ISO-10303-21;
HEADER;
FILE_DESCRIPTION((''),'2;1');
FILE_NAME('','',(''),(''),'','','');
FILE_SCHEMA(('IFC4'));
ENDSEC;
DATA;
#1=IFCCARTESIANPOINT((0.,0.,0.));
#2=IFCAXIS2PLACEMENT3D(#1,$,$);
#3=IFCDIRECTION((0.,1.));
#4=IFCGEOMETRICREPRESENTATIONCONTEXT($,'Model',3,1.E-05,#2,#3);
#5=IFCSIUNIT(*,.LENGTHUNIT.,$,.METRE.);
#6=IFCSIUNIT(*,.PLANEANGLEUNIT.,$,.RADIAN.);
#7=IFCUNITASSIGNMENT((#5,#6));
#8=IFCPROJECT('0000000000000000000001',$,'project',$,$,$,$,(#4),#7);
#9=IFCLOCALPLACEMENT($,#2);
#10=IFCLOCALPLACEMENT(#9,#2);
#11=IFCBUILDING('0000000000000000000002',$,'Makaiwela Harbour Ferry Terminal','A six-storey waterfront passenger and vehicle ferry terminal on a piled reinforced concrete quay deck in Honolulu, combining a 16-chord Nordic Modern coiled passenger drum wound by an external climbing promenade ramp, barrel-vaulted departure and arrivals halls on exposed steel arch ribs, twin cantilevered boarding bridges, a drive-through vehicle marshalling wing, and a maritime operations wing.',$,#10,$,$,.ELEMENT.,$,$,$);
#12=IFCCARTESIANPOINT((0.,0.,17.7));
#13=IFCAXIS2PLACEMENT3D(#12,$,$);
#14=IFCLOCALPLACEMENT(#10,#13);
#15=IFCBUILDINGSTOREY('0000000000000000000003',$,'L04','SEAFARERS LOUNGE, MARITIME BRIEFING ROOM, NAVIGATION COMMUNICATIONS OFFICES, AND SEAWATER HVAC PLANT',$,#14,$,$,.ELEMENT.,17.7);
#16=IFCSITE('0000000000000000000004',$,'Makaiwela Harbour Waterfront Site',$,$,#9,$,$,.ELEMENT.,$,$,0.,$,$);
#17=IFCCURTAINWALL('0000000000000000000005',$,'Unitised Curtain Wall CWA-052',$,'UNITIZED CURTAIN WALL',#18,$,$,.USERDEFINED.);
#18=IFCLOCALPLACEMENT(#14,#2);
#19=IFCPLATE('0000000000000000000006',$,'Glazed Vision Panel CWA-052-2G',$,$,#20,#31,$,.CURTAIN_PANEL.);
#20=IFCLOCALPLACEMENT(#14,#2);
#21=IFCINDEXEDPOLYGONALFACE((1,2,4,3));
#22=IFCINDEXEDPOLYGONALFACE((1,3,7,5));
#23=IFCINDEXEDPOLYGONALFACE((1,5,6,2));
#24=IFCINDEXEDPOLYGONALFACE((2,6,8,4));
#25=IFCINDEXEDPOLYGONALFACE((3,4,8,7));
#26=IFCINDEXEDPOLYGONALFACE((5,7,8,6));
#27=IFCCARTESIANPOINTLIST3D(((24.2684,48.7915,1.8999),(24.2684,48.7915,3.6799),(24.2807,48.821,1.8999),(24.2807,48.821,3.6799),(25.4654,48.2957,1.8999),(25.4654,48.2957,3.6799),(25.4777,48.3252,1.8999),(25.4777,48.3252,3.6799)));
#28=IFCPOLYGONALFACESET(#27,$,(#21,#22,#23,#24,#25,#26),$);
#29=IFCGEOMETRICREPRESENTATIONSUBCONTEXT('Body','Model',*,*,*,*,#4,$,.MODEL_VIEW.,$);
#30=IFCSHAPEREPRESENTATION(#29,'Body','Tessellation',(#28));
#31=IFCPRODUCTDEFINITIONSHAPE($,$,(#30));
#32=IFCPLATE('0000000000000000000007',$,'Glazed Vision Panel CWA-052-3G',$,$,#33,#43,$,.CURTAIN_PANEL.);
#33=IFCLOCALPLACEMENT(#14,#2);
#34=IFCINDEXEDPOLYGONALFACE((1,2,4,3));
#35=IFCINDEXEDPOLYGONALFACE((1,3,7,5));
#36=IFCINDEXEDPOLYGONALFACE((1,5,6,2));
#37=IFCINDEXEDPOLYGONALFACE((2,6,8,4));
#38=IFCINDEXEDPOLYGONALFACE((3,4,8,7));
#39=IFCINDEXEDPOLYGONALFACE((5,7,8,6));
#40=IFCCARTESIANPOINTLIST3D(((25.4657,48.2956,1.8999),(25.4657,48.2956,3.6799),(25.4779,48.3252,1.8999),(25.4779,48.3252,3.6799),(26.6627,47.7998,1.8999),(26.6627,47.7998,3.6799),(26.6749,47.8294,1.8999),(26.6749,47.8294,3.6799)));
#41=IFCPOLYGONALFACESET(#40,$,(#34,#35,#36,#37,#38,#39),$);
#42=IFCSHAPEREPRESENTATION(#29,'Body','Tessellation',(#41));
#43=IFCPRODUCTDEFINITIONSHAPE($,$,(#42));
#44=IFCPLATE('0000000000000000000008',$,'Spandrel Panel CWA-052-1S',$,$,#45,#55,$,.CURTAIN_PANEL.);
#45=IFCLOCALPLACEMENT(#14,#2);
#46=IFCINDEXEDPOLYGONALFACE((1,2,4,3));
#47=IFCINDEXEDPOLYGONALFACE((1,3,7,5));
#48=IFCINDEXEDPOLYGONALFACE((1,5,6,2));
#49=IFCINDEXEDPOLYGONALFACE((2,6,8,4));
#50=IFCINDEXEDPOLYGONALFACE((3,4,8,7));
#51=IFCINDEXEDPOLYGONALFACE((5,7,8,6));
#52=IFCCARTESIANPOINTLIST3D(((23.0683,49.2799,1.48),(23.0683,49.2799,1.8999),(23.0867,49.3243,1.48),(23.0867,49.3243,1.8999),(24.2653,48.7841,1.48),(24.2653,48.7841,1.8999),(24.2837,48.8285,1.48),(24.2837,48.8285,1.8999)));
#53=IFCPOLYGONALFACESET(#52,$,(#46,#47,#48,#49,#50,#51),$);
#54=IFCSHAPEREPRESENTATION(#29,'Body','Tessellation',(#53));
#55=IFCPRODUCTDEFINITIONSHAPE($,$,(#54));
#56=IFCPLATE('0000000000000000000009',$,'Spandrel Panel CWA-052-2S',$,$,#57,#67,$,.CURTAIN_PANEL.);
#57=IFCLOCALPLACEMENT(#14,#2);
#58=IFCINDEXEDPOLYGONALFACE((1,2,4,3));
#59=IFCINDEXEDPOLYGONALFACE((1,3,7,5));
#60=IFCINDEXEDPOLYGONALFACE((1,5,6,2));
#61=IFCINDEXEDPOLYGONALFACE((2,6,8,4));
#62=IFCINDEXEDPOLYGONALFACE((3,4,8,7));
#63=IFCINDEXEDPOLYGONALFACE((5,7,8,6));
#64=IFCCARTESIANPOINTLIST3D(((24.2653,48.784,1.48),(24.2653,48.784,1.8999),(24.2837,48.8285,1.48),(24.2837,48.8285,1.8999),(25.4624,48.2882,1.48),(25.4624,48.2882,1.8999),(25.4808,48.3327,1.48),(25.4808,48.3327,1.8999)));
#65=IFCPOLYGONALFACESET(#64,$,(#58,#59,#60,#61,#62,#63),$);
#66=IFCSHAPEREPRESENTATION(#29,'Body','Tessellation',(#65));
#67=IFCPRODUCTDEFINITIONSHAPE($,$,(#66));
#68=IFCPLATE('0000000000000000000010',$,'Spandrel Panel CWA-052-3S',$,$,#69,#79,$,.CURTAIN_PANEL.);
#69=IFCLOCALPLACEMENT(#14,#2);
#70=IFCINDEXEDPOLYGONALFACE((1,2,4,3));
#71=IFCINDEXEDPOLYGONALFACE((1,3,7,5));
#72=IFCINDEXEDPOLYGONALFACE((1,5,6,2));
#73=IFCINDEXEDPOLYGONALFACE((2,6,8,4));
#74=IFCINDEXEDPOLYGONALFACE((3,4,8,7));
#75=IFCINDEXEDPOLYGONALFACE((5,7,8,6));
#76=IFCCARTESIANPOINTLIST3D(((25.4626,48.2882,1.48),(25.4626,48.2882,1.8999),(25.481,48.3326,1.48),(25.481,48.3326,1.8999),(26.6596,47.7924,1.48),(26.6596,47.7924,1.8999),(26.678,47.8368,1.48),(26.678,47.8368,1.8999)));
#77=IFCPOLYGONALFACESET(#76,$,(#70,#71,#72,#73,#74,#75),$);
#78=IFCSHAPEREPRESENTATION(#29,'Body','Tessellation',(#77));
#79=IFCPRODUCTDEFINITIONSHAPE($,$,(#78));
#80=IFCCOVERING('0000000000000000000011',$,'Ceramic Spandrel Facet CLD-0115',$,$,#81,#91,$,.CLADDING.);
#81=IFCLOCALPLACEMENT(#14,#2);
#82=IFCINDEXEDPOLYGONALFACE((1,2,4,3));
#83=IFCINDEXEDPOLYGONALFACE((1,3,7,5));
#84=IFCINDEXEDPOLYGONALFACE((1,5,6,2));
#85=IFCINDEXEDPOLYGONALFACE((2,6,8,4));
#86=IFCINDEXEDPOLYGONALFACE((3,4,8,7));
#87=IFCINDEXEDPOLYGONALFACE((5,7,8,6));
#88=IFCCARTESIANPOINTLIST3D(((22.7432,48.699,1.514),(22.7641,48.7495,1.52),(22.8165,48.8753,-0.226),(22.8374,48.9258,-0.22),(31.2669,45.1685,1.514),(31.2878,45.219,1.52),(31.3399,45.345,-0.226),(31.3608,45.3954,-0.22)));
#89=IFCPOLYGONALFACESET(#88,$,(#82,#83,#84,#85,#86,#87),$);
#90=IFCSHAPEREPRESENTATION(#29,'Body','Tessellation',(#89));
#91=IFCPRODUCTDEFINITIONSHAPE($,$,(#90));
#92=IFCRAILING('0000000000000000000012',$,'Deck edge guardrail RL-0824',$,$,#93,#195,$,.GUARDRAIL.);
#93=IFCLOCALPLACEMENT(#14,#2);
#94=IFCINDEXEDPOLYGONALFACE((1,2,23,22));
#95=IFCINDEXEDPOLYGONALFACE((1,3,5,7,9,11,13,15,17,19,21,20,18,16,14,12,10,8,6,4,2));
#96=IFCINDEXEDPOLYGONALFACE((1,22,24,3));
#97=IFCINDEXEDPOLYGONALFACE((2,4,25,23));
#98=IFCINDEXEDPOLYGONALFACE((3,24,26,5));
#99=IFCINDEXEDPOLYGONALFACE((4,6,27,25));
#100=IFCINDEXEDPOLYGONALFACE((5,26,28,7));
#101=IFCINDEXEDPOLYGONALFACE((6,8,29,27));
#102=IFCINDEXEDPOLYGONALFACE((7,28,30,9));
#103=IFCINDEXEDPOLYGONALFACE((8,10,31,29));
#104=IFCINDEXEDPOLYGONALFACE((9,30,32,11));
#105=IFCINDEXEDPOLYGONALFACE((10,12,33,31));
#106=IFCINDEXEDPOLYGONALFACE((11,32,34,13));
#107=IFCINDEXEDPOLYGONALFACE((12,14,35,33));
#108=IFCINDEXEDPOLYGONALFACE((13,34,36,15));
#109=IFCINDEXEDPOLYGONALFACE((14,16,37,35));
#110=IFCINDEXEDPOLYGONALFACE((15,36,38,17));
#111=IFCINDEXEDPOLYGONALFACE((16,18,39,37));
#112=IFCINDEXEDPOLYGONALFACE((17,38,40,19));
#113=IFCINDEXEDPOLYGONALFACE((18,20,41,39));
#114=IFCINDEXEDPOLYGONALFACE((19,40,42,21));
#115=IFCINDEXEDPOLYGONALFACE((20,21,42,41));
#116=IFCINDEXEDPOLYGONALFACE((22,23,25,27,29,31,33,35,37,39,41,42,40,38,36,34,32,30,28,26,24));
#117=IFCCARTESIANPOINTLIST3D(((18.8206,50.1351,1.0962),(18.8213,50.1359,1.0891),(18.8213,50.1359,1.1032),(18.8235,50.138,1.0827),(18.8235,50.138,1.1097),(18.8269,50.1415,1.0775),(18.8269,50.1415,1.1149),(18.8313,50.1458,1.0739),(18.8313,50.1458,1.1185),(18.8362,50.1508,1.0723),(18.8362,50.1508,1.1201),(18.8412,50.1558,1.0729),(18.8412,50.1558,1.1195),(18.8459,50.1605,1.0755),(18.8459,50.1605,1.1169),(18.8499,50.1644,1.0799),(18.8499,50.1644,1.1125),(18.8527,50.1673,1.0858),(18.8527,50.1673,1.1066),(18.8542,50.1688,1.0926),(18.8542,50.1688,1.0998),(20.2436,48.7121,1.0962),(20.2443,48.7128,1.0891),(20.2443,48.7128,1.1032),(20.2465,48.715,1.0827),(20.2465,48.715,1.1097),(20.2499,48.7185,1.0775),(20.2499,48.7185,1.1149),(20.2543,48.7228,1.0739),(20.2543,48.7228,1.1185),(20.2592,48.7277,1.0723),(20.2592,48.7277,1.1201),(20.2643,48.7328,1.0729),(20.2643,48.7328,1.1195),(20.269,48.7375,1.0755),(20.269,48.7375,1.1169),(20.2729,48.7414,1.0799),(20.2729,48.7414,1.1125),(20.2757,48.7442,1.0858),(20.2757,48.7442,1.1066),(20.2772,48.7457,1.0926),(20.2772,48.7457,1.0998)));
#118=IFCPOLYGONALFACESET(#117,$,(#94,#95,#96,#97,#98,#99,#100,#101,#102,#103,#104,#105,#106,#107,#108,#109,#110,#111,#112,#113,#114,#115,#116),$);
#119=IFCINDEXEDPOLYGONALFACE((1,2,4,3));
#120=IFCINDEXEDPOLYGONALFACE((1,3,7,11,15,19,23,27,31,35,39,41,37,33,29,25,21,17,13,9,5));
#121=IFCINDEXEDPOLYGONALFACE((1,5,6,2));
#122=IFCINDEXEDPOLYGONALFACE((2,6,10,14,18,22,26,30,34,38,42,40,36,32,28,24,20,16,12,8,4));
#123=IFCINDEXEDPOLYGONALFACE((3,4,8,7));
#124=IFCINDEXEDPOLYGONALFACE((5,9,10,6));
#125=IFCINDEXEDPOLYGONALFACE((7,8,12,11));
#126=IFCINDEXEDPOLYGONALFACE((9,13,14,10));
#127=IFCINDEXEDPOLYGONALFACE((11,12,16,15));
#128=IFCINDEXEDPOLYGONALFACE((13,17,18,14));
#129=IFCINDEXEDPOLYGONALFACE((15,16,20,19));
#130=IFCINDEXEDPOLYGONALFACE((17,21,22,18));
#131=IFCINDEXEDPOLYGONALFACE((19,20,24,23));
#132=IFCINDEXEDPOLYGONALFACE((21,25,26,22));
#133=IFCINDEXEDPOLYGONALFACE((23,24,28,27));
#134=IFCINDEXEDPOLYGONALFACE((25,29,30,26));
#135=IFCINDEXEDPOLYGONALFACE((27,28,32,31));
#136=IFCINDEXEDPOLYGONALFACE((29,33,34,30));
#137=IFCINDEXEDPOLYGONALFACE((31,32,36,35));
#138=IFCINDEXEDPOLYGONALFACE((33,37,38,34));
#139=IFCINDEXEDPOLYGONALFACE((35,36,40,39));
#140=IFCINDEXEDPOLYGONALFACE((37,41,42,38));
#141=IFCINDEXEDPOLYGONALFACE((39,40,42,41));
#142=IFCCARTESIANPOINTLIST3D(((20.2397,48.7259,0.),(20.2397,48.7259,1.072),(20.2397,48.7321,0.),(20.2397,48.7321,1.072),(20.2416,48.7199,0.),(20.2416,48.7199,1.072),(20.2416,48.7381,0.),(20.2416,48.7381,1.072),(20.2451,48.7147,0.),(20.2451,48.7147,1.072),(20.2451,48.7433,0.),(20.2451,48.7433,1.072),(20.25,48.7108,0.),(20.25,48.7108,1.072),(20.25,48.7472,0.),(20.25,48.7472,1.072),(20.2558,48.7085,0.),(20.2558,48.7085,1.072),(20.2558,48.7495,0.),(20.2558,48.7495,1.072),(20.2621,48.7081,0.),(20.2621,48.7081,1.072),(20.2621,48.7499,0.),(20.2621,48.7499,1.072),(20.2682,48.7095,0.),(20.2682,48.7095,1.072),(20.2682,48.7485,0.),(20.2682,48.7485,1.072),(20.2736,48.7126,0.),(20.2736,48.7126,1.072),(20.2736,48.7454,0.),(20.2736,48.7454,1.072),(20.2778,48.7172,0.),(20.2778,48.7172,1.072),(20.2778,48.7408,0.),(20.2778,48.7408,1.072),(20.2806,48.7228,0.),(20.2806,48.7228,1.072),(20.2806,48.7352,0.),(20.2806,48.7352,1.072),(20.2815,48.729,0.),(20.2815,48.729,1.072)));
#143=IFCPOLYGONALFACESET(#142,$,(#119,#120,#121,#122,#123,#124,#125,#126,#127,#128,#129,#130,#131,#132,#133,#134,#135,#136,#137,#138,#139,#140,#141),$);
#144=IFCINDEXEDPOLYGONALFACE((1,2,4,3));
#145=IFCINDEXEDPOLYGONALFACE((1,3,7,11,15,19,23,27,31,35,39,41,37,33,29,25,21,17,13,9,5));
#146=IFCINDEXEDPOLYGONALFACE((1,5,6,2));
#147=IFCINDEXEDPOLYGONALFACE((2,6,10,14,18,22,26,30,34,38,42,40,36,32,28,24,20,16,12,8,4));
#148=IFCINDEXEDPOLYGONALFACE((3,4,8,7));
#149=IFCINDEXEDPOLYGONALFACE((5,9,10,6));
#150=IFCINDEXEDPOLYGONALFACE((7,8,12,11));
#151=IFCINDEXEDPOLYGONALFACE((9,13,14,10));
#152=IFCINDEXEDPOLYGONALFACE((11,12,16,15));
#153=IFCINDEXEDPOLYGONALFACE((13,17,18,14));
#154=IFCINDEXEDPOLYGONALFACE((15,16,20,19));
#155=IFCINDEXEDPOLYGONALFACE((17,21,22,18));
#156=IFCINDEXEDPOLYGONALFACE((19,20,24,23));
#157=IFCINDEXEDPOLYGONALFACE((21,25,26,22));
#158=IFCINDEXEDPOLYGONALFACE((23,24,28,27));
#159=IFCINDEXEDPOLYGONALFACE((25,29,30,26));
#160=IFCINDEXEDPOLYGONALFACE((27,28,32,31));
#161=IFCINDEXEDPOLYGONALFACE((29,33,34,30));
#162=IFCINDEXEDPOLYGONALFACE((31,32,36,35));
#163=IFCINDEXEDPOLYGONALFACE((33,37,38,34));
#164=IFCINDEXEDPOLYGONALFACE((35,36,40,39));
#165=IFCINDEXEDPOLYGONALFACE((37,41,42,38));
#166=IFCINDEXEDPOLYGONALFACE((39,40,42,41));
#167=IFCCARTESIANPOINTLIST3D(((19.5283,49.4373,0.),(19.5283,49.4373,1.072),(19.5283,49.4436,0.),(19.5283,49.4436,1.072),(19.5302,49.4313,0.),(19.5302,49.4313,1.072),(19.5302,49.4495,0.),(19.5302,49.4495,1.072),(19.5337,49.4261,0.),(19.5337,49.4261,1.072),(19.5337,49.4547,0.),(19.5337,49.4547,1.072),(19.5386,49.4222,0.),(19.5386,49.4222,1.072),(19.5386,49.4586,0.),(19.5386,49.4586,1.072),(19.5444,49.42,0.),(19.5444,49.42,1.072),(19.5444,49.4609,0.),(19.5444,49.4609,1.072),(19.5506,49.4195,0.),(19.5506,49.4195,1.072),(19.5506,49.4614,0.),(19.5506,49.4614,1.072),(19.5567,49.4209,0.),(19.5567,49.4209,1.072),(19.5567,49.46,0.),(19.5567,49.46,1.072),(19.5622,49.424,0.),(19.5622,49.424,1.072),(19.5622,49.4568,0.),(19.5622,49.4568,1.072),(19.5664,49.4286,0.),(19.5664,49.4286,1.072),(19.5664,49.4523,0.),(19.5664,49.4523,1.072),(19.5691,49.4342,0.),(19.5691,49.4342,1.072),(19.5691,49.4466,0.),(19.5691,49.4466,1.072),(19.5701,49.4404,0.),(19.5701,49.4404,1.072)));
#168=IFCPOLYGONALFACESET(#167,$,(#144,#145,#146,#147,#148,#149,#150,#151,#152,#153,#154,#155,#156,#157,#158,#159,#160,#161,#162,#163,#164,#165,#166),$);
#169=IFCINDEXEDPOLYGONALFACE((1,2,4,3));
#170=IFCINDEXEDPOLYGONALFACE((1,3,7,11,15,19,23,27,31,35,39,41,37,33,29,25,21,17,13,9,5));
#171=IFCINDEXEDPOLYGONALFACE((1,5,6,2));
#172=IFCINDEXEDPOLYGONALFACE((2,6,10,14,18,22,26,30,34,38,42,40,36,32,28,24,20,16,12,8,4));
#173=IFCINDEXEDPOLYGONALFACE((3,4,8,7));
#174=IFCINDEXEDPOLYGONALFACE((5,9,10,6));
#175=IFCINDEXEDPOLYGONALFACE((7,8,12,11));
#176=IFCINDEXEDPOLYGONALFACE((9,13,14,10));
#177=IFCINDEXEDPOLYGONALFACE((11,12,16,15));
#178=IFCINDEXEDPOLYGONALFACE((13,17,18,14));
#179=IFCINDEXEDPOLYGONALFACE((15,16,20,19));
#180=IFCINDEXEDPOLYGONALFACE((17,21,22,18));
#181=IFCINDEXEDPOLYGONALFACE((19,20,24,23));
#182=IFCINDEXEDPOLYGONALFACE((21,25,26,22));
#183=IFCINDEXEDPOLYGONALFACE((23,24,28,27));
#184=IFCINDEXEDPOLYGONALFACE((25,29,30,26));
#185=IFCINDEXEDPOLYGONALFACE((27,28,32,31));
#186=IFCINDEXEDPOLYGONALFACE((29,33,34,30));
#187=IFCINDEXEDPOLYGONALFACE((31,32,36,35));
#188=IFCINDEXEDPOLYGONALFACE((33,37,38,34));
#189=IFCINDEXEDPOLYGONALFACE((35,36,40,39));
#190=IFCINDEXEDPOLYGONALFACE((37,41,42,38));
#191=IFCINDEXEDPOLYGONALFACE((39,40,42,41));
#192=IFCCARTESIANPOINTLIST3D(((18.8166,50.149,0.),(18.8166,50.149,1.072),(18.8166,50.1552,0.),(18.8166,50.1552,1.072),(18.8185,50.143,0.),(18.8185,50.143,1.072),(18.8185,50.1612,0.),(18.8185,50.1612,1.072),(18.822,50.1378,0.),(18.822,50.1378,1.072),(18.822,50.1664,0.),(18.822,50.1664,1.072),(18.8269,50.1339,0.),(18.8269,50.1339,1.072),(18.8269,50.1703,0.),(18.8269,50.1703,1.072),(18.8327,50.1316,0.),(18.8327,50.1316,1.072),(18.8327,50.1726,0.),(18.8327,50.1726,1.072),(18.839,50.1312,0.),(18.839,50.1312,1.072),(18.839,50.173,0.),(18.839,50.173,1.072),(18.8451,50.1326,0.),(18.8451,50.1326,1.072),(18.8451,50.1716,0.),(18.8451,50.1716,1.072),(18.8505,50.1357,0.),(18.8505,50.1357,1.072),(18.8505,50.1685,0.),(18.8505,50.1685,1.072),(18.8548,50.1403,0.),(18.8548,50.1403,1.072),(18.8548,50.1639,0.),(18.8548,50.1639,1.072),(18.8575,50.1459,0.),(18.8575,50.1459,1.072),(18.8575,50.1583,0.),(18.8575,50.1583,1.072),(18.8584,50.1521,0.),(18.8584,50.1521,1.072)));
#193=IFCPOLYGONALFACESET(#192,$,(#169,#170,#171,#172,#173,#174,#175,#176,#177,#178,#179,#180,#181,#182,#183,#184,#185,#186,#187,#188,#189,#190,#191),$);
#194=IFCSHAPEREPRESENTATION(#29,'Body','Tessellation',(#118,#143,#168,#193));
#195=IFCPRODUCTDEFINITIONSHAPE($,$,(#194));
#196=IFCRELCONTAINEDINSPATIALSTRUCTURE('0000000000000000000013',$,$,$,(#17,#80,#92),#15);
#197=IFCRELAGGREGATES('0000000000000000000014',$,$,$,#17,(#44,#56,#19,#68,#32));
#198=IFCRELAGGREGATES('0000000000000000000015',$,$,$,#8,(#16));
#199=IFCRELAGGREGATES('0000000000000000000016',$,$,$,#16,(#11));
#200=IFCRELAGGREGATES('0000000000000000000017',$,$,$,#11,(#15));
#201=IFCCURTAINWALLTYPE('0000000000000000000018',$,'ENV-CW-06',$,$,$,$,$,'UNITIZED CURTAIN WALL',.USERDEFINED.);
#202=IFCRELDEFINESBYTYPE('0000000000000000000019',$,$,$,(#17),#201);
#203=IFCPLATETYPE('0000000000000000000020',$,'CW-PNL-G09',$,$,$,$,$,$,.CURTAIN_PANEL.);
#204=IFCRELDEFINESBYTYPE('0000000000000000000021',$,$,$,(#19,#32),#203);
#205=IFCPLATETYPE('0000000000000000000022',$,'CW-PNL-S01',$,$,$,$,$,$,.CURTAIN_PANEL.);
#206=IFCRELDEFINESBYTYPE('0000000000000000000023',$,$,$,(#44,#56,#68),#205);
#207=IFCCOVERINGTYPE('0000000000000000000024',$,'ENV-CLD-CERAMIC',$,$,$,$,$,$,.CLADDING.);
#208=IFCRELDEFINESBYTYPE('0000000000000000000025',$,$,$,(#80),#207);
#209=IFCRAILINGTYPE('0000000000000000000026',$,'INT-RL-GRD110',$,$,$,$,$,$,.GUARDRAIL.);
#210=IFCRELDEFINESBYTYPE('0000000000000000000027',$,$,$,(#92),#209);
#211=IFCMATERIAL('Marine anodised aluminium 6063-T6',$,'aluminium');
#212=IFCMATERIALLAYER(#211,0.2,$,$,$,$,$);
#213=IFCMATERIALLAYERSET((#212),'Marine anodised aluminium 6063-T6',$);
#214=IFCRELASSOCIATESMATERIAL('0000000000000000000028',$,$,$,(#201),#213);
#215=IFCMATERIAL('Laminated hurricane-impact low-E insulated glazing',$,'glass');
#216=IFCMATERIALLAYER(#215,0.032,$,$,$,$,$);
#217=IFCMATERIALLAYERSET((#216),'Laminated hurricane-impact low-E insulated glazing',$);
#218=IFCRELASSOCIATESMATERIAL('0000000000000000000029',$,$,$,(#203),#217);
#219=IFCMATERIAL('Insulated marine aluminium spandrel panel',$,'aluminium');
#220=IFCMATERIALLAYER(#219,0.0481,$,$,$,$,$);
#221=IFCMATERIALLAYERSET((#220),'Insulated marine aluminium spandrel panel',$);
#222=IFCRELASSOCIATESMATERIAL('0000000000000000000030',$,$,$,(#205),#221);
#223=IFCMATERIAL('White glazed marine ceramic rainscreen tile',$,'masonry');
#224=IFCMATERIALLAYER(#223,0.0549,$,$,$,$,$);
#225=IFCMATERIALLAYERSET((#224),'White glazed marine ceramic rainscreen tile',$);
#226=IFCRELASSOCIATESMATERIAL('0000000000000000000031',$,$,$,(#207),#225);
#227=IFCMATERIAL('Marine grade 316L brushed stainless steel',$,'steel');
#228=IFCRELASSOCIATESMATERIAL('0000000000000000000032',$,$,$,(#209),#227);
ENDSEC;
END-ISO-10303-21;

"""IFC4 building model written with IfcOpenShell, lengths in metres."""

from ifc_helpers import new_model, si_unit, direction, frame, origin, origin_2d, place, context, subcontext, project, spatial, polyline, rectangle, circle, outline, extrude, material, layer, layer_set, type_object, element, aggregate, save


model = new_model("IFC4")

# Units and contexts
model_context = context("Model", 3, precision=1e-05, world=origin(), true_north=direction((0.0, 1.0)))
body_context = subcontext(model_context, "Body", "Model", "MODEL_VIEW")
ifc_project = project(units=[si_unit("LENGTHUNIT", "METRE"), si_unit("PLANEANGLEUNIT", "RADIAN")], contexts=[model_context])

# Site, building, storey
site_placement = place(None, origin())
site = spatial("IfcSite", under=ifc_project, at=site_placement, Name="Makaiwela Harbour Waterfront Site", CompositionType="ELEMENT", RefElevation=0.0)
building_placement = place(site_placement, origin())
building = spatial("IfcBuilding", under=site, at=building_placement, Name="Makaiwela Harbour Ferry Terminal", Description="A six-storey waterfront passenger and vehicle ferry terminal on a piled reinforced concrete quay deck in Honolulu, combining a 16-chord Nordic Modern coiled passenger drum wound by an external climbing promenade ramp, barrel-vaulted departure and arrivals halls on exposed steel arch ribs, twin cantilevered boarding bridges, a drive-through vehicle marshalling wing, and a maritime operations wing.", CompositionType="ELEMENT")
storey_placement = place(building_placement, frame((0.0, 0.0, 17.7)))
storey = spatial("IfcBuildingStorey", under=building, at=storey_placement, Name="L04", Description="SEAFARERS LOUNGE, MARITIME BRIEFING ROOM, NAVIGATION COMMUNICATIONS OFFICES, AND SEAWATER HVAC PLANT", CompositionType="ELEMENT", Elevation=17.7)

# Curtain wall
ifc_material_1 = material(Name="Marine anodised aluminium 6063-T6", Category="aluminium")
ifc_layer_1 = layer(ifc_material_1, 0.2)
ifc_layer_set_1 = layer_set([ifc_layer_1], Name="Marine anodised aluminium 6063-T6")
curtain_wall_type = type_object("IfcCurtainWallType", Name="ENV-CW-06", ElementType="UNITIZED CURTAIN WALL", PredefinedType="USERDEFINED", material=ifc_layer_set_1)
curtain_wall_placement = place(storey_placement, origin())
curtain_wall = element("IfcCurtainWall", 1, at=curtain_wall_placement, inside=storey, type_object=curtain_wall_type, Name="Unitised Curtain Wall CWA-052", ObjectType="UNITIZED CURTAIN WALL", PredefinedType="USERDEFINED")

# Plates
ifc_material_2 = material(Name="Laminated hurricane-impact low-E insulated glazing", Category="glass")
ifc_layer_2 = layer(ifc_material_2, 0.032)
ifc_layer_set_2 = layer_set([ifc_layer_2], Name="Laminated hurricane-impact low-E insulated glazing")
plate_type_1 = type_object("IfcPlateType", Name="CW-PNL-G09", PredefinedType="CURTAIN_PANEL", material=ifc_layer_set_2)
plate_1_placement = place(storey_placement, frame((24.873, 48.5583, 1.8999), z_axis=(0.0, 0.0, 1.0), x_axis=(0.92388, -0.382683, 0.0)))
plate_1 = element("IfcPlate", 2, at=plate_1_placement, type_object=plate_type_1, Name="Glazed Vision Panel CWA-052-2G", PredefinedType="CURTAIN_PANEL", context=body_context, shape_type="SweptSolid", body=[
    extrude(rectangle(XDim=1.2957, YDim=0.032, at=origin_2d()), origin(), (0.0, 0.0, 1.0), 1.78),
])
plate_2_placement = place(storey_placement, frame((26.0703, 48.0625, 1.8999), z_axis=(0.0, 0.0, 1.0), x_axis=(0.92388, -0.382683, 0.0)))
plate_2 = element("IfcPlate", 3, at=plate_2_placement, type_object=plate_type_1, Name="Glazed Vision Panel CWA-052-3G", PredefinedType="CURTAIN_PANEL", context=body_context, shape_type="SweptSolid", body=[
    extrude(rectangle(XDim=1.2957, YDim=0.032, at=origin_2d()), origin(), (0.0, 0.0, 1.0), 1.78),
])
ifc_material_3 = material(Name="Insulated marine aluminium spandrel panel", Category="aluminium")
ifc_layer_3 = layer(ifc_material_3, 0.0481)
ifc_layer_set_3 = layer_set([ifc_layer_3], Name="Insulated marine aluminium spandrel panel")
plate_type_2 = type_object("IfcPlateType", Name="CW-PNL-S01", PredefinedType="CURTAIN_PANEL", material=ifc_layer_set_3)
plate_3_placement = place(storey_placement, frame((23.676, 49.0542, 1.48), z_axis=(0.0, 0.0, 1.0), x_axis=(0.92388, -0.382683, 0.0)))
plate_3 = element("IfcPlate", 4, at=plate_3_placement, type_object=plate_type_2, Name="Spandrel Panel CWA-052-1S", PredefinedType="CURTAIN_PANEL", context=body_context, shape_type="SweptSolid", body=[
    extrude(rectangle(XDim=1.2957, YDim=0.0481, at=origin_2d()), origin(), (0.0, 0.0, 1.0), 0.4199),
])
plate_4_placement = place(storey_placement, frame((24.873, 48.5583, 1.48), z_axis=(0.0, 0.0, 1.0), x_axis=(0.92388, -0.382683, 0.0)))
plate_4 = element("IfcPlate", 5, at=plate_4_placement, type_object=plate_type_2, Name="Spandrel Panel CWA-052-2S", PredefinedType="CURTAIN_PANEL", context=body_context, shape_type="SweptSolid", body=[
    extrude(rectangle(XDim=1.2957, YDim=0.0481, at=origin_2d()), origin(), (0.0, 0.0, 1.0), 0.4199),
])
plate_5_placement = place(storey_placement, frame((26.0703, 48.0625, 1.48), z_axis=(0.0, 0.0, 1.0), x_axis=(0.92388, -0.382683, 0.0)))
plate_5 = element("IfcPlate", 6, at=plate_5_placement, type_object=plate_type_2, Name="Spandrel Panel CWA-052-3S", PredefinedType="CURTAIN_PANEL", context=body_context, shape_type="SweptSolid", body=[
    extrude(rectangle(XDim=1.2957, YDim=0.0481, at=origin_2d()), origin(), (0.0, 0.0, 1.0), 0.4199),
])
aggregate(curtain_wall, [plate_3, plate_4, plate_1, plate_5, plate_2])

# Covering
ifc_material_4 = material(Name="White glazed marine ceramic rainscreen tile", Category="masonry")
ifc_layer_4 = layer(ifc_material_4, 0.0549)
ifc_layer_set_4 = layer_set([ifc_layer_4], Name="White glazed marine ceramic rainscreen tile")
covering_type = type_object("IfcCoveringType", Name="ENV-CLD-CERAMIC", PredefinedType="CLADDING", material=ifc_layer_set_4)
covering_placement = place(storey_placement, frame((22.8374, 48.9258, -0.22), z_axis=(0.380383, 0.918373, 0.109085), x_axis=(0.923886, -0.382667, -0.000001)))
element("IfcCovering", 7, at=covering_placement, inside=storey, type_object=covering_type, Name="Ceramic Spandrel Facet CLD-0115", PredefinedType="CLADDING", context=body_context, shape_type="SweptSolid", body=[
    extrude(outline(polyline([(0.0, 0.0), (9.2256, 0.0), (9.2257, -1.7504), (-0.0002, -1.7504), (0.0, 0.0)])), origin(), (0.0, 0.0, -1.0), 0.0549),
])

# Railing
ifc_material_5 = material(Name="Marine grade 316L brushed stainless steel", Category="steel")
railing_type_1 = type_object("IfcRailingType", Name="INT-RL-GRD110", PredefinedType="GUARDRAIL", material=ifc_material_5)
railing_1_placement = place(storey_placement, frame((20.2605, 48.729, 0.0)))
element("IfcRailing", 8, at=railing_1_placement, inside=storey, type_object=railing_type_1, Name="Deck edge guardrail RL-0824", PredefinedType="GUARDRAIL", context=body_context, shape_type="SweptSolid", body=[
    extrude(circle(Radius=0.0239, at=origin_2d()), frame((0.0, 0.0, 1.0962), z_axis=(-0.707107, 0.707107, 0.0), x_axis=(-0.707107, -0.707107, 0.0)), (0.0, 0.0, 1.0), 2.0125),
    extrude(circle(Radius=0.021, at=origin_2d()), origin(), (0.0, 0.0, 1.0), 1.072),
    extrude(circle(Radius=0.021, at=origin_2d()), frame((-0.7114, 0.7114, 0.0)), (0.0, 0.0, 1.0), 1.072),
    extrude(circle(Radius=0.021, at=origin_2d()), frame((-1.4231, 1.4231, 0.0)), (0.0, 0.0, 1.0), 1.072),
])

save(model, "model.ifc")
